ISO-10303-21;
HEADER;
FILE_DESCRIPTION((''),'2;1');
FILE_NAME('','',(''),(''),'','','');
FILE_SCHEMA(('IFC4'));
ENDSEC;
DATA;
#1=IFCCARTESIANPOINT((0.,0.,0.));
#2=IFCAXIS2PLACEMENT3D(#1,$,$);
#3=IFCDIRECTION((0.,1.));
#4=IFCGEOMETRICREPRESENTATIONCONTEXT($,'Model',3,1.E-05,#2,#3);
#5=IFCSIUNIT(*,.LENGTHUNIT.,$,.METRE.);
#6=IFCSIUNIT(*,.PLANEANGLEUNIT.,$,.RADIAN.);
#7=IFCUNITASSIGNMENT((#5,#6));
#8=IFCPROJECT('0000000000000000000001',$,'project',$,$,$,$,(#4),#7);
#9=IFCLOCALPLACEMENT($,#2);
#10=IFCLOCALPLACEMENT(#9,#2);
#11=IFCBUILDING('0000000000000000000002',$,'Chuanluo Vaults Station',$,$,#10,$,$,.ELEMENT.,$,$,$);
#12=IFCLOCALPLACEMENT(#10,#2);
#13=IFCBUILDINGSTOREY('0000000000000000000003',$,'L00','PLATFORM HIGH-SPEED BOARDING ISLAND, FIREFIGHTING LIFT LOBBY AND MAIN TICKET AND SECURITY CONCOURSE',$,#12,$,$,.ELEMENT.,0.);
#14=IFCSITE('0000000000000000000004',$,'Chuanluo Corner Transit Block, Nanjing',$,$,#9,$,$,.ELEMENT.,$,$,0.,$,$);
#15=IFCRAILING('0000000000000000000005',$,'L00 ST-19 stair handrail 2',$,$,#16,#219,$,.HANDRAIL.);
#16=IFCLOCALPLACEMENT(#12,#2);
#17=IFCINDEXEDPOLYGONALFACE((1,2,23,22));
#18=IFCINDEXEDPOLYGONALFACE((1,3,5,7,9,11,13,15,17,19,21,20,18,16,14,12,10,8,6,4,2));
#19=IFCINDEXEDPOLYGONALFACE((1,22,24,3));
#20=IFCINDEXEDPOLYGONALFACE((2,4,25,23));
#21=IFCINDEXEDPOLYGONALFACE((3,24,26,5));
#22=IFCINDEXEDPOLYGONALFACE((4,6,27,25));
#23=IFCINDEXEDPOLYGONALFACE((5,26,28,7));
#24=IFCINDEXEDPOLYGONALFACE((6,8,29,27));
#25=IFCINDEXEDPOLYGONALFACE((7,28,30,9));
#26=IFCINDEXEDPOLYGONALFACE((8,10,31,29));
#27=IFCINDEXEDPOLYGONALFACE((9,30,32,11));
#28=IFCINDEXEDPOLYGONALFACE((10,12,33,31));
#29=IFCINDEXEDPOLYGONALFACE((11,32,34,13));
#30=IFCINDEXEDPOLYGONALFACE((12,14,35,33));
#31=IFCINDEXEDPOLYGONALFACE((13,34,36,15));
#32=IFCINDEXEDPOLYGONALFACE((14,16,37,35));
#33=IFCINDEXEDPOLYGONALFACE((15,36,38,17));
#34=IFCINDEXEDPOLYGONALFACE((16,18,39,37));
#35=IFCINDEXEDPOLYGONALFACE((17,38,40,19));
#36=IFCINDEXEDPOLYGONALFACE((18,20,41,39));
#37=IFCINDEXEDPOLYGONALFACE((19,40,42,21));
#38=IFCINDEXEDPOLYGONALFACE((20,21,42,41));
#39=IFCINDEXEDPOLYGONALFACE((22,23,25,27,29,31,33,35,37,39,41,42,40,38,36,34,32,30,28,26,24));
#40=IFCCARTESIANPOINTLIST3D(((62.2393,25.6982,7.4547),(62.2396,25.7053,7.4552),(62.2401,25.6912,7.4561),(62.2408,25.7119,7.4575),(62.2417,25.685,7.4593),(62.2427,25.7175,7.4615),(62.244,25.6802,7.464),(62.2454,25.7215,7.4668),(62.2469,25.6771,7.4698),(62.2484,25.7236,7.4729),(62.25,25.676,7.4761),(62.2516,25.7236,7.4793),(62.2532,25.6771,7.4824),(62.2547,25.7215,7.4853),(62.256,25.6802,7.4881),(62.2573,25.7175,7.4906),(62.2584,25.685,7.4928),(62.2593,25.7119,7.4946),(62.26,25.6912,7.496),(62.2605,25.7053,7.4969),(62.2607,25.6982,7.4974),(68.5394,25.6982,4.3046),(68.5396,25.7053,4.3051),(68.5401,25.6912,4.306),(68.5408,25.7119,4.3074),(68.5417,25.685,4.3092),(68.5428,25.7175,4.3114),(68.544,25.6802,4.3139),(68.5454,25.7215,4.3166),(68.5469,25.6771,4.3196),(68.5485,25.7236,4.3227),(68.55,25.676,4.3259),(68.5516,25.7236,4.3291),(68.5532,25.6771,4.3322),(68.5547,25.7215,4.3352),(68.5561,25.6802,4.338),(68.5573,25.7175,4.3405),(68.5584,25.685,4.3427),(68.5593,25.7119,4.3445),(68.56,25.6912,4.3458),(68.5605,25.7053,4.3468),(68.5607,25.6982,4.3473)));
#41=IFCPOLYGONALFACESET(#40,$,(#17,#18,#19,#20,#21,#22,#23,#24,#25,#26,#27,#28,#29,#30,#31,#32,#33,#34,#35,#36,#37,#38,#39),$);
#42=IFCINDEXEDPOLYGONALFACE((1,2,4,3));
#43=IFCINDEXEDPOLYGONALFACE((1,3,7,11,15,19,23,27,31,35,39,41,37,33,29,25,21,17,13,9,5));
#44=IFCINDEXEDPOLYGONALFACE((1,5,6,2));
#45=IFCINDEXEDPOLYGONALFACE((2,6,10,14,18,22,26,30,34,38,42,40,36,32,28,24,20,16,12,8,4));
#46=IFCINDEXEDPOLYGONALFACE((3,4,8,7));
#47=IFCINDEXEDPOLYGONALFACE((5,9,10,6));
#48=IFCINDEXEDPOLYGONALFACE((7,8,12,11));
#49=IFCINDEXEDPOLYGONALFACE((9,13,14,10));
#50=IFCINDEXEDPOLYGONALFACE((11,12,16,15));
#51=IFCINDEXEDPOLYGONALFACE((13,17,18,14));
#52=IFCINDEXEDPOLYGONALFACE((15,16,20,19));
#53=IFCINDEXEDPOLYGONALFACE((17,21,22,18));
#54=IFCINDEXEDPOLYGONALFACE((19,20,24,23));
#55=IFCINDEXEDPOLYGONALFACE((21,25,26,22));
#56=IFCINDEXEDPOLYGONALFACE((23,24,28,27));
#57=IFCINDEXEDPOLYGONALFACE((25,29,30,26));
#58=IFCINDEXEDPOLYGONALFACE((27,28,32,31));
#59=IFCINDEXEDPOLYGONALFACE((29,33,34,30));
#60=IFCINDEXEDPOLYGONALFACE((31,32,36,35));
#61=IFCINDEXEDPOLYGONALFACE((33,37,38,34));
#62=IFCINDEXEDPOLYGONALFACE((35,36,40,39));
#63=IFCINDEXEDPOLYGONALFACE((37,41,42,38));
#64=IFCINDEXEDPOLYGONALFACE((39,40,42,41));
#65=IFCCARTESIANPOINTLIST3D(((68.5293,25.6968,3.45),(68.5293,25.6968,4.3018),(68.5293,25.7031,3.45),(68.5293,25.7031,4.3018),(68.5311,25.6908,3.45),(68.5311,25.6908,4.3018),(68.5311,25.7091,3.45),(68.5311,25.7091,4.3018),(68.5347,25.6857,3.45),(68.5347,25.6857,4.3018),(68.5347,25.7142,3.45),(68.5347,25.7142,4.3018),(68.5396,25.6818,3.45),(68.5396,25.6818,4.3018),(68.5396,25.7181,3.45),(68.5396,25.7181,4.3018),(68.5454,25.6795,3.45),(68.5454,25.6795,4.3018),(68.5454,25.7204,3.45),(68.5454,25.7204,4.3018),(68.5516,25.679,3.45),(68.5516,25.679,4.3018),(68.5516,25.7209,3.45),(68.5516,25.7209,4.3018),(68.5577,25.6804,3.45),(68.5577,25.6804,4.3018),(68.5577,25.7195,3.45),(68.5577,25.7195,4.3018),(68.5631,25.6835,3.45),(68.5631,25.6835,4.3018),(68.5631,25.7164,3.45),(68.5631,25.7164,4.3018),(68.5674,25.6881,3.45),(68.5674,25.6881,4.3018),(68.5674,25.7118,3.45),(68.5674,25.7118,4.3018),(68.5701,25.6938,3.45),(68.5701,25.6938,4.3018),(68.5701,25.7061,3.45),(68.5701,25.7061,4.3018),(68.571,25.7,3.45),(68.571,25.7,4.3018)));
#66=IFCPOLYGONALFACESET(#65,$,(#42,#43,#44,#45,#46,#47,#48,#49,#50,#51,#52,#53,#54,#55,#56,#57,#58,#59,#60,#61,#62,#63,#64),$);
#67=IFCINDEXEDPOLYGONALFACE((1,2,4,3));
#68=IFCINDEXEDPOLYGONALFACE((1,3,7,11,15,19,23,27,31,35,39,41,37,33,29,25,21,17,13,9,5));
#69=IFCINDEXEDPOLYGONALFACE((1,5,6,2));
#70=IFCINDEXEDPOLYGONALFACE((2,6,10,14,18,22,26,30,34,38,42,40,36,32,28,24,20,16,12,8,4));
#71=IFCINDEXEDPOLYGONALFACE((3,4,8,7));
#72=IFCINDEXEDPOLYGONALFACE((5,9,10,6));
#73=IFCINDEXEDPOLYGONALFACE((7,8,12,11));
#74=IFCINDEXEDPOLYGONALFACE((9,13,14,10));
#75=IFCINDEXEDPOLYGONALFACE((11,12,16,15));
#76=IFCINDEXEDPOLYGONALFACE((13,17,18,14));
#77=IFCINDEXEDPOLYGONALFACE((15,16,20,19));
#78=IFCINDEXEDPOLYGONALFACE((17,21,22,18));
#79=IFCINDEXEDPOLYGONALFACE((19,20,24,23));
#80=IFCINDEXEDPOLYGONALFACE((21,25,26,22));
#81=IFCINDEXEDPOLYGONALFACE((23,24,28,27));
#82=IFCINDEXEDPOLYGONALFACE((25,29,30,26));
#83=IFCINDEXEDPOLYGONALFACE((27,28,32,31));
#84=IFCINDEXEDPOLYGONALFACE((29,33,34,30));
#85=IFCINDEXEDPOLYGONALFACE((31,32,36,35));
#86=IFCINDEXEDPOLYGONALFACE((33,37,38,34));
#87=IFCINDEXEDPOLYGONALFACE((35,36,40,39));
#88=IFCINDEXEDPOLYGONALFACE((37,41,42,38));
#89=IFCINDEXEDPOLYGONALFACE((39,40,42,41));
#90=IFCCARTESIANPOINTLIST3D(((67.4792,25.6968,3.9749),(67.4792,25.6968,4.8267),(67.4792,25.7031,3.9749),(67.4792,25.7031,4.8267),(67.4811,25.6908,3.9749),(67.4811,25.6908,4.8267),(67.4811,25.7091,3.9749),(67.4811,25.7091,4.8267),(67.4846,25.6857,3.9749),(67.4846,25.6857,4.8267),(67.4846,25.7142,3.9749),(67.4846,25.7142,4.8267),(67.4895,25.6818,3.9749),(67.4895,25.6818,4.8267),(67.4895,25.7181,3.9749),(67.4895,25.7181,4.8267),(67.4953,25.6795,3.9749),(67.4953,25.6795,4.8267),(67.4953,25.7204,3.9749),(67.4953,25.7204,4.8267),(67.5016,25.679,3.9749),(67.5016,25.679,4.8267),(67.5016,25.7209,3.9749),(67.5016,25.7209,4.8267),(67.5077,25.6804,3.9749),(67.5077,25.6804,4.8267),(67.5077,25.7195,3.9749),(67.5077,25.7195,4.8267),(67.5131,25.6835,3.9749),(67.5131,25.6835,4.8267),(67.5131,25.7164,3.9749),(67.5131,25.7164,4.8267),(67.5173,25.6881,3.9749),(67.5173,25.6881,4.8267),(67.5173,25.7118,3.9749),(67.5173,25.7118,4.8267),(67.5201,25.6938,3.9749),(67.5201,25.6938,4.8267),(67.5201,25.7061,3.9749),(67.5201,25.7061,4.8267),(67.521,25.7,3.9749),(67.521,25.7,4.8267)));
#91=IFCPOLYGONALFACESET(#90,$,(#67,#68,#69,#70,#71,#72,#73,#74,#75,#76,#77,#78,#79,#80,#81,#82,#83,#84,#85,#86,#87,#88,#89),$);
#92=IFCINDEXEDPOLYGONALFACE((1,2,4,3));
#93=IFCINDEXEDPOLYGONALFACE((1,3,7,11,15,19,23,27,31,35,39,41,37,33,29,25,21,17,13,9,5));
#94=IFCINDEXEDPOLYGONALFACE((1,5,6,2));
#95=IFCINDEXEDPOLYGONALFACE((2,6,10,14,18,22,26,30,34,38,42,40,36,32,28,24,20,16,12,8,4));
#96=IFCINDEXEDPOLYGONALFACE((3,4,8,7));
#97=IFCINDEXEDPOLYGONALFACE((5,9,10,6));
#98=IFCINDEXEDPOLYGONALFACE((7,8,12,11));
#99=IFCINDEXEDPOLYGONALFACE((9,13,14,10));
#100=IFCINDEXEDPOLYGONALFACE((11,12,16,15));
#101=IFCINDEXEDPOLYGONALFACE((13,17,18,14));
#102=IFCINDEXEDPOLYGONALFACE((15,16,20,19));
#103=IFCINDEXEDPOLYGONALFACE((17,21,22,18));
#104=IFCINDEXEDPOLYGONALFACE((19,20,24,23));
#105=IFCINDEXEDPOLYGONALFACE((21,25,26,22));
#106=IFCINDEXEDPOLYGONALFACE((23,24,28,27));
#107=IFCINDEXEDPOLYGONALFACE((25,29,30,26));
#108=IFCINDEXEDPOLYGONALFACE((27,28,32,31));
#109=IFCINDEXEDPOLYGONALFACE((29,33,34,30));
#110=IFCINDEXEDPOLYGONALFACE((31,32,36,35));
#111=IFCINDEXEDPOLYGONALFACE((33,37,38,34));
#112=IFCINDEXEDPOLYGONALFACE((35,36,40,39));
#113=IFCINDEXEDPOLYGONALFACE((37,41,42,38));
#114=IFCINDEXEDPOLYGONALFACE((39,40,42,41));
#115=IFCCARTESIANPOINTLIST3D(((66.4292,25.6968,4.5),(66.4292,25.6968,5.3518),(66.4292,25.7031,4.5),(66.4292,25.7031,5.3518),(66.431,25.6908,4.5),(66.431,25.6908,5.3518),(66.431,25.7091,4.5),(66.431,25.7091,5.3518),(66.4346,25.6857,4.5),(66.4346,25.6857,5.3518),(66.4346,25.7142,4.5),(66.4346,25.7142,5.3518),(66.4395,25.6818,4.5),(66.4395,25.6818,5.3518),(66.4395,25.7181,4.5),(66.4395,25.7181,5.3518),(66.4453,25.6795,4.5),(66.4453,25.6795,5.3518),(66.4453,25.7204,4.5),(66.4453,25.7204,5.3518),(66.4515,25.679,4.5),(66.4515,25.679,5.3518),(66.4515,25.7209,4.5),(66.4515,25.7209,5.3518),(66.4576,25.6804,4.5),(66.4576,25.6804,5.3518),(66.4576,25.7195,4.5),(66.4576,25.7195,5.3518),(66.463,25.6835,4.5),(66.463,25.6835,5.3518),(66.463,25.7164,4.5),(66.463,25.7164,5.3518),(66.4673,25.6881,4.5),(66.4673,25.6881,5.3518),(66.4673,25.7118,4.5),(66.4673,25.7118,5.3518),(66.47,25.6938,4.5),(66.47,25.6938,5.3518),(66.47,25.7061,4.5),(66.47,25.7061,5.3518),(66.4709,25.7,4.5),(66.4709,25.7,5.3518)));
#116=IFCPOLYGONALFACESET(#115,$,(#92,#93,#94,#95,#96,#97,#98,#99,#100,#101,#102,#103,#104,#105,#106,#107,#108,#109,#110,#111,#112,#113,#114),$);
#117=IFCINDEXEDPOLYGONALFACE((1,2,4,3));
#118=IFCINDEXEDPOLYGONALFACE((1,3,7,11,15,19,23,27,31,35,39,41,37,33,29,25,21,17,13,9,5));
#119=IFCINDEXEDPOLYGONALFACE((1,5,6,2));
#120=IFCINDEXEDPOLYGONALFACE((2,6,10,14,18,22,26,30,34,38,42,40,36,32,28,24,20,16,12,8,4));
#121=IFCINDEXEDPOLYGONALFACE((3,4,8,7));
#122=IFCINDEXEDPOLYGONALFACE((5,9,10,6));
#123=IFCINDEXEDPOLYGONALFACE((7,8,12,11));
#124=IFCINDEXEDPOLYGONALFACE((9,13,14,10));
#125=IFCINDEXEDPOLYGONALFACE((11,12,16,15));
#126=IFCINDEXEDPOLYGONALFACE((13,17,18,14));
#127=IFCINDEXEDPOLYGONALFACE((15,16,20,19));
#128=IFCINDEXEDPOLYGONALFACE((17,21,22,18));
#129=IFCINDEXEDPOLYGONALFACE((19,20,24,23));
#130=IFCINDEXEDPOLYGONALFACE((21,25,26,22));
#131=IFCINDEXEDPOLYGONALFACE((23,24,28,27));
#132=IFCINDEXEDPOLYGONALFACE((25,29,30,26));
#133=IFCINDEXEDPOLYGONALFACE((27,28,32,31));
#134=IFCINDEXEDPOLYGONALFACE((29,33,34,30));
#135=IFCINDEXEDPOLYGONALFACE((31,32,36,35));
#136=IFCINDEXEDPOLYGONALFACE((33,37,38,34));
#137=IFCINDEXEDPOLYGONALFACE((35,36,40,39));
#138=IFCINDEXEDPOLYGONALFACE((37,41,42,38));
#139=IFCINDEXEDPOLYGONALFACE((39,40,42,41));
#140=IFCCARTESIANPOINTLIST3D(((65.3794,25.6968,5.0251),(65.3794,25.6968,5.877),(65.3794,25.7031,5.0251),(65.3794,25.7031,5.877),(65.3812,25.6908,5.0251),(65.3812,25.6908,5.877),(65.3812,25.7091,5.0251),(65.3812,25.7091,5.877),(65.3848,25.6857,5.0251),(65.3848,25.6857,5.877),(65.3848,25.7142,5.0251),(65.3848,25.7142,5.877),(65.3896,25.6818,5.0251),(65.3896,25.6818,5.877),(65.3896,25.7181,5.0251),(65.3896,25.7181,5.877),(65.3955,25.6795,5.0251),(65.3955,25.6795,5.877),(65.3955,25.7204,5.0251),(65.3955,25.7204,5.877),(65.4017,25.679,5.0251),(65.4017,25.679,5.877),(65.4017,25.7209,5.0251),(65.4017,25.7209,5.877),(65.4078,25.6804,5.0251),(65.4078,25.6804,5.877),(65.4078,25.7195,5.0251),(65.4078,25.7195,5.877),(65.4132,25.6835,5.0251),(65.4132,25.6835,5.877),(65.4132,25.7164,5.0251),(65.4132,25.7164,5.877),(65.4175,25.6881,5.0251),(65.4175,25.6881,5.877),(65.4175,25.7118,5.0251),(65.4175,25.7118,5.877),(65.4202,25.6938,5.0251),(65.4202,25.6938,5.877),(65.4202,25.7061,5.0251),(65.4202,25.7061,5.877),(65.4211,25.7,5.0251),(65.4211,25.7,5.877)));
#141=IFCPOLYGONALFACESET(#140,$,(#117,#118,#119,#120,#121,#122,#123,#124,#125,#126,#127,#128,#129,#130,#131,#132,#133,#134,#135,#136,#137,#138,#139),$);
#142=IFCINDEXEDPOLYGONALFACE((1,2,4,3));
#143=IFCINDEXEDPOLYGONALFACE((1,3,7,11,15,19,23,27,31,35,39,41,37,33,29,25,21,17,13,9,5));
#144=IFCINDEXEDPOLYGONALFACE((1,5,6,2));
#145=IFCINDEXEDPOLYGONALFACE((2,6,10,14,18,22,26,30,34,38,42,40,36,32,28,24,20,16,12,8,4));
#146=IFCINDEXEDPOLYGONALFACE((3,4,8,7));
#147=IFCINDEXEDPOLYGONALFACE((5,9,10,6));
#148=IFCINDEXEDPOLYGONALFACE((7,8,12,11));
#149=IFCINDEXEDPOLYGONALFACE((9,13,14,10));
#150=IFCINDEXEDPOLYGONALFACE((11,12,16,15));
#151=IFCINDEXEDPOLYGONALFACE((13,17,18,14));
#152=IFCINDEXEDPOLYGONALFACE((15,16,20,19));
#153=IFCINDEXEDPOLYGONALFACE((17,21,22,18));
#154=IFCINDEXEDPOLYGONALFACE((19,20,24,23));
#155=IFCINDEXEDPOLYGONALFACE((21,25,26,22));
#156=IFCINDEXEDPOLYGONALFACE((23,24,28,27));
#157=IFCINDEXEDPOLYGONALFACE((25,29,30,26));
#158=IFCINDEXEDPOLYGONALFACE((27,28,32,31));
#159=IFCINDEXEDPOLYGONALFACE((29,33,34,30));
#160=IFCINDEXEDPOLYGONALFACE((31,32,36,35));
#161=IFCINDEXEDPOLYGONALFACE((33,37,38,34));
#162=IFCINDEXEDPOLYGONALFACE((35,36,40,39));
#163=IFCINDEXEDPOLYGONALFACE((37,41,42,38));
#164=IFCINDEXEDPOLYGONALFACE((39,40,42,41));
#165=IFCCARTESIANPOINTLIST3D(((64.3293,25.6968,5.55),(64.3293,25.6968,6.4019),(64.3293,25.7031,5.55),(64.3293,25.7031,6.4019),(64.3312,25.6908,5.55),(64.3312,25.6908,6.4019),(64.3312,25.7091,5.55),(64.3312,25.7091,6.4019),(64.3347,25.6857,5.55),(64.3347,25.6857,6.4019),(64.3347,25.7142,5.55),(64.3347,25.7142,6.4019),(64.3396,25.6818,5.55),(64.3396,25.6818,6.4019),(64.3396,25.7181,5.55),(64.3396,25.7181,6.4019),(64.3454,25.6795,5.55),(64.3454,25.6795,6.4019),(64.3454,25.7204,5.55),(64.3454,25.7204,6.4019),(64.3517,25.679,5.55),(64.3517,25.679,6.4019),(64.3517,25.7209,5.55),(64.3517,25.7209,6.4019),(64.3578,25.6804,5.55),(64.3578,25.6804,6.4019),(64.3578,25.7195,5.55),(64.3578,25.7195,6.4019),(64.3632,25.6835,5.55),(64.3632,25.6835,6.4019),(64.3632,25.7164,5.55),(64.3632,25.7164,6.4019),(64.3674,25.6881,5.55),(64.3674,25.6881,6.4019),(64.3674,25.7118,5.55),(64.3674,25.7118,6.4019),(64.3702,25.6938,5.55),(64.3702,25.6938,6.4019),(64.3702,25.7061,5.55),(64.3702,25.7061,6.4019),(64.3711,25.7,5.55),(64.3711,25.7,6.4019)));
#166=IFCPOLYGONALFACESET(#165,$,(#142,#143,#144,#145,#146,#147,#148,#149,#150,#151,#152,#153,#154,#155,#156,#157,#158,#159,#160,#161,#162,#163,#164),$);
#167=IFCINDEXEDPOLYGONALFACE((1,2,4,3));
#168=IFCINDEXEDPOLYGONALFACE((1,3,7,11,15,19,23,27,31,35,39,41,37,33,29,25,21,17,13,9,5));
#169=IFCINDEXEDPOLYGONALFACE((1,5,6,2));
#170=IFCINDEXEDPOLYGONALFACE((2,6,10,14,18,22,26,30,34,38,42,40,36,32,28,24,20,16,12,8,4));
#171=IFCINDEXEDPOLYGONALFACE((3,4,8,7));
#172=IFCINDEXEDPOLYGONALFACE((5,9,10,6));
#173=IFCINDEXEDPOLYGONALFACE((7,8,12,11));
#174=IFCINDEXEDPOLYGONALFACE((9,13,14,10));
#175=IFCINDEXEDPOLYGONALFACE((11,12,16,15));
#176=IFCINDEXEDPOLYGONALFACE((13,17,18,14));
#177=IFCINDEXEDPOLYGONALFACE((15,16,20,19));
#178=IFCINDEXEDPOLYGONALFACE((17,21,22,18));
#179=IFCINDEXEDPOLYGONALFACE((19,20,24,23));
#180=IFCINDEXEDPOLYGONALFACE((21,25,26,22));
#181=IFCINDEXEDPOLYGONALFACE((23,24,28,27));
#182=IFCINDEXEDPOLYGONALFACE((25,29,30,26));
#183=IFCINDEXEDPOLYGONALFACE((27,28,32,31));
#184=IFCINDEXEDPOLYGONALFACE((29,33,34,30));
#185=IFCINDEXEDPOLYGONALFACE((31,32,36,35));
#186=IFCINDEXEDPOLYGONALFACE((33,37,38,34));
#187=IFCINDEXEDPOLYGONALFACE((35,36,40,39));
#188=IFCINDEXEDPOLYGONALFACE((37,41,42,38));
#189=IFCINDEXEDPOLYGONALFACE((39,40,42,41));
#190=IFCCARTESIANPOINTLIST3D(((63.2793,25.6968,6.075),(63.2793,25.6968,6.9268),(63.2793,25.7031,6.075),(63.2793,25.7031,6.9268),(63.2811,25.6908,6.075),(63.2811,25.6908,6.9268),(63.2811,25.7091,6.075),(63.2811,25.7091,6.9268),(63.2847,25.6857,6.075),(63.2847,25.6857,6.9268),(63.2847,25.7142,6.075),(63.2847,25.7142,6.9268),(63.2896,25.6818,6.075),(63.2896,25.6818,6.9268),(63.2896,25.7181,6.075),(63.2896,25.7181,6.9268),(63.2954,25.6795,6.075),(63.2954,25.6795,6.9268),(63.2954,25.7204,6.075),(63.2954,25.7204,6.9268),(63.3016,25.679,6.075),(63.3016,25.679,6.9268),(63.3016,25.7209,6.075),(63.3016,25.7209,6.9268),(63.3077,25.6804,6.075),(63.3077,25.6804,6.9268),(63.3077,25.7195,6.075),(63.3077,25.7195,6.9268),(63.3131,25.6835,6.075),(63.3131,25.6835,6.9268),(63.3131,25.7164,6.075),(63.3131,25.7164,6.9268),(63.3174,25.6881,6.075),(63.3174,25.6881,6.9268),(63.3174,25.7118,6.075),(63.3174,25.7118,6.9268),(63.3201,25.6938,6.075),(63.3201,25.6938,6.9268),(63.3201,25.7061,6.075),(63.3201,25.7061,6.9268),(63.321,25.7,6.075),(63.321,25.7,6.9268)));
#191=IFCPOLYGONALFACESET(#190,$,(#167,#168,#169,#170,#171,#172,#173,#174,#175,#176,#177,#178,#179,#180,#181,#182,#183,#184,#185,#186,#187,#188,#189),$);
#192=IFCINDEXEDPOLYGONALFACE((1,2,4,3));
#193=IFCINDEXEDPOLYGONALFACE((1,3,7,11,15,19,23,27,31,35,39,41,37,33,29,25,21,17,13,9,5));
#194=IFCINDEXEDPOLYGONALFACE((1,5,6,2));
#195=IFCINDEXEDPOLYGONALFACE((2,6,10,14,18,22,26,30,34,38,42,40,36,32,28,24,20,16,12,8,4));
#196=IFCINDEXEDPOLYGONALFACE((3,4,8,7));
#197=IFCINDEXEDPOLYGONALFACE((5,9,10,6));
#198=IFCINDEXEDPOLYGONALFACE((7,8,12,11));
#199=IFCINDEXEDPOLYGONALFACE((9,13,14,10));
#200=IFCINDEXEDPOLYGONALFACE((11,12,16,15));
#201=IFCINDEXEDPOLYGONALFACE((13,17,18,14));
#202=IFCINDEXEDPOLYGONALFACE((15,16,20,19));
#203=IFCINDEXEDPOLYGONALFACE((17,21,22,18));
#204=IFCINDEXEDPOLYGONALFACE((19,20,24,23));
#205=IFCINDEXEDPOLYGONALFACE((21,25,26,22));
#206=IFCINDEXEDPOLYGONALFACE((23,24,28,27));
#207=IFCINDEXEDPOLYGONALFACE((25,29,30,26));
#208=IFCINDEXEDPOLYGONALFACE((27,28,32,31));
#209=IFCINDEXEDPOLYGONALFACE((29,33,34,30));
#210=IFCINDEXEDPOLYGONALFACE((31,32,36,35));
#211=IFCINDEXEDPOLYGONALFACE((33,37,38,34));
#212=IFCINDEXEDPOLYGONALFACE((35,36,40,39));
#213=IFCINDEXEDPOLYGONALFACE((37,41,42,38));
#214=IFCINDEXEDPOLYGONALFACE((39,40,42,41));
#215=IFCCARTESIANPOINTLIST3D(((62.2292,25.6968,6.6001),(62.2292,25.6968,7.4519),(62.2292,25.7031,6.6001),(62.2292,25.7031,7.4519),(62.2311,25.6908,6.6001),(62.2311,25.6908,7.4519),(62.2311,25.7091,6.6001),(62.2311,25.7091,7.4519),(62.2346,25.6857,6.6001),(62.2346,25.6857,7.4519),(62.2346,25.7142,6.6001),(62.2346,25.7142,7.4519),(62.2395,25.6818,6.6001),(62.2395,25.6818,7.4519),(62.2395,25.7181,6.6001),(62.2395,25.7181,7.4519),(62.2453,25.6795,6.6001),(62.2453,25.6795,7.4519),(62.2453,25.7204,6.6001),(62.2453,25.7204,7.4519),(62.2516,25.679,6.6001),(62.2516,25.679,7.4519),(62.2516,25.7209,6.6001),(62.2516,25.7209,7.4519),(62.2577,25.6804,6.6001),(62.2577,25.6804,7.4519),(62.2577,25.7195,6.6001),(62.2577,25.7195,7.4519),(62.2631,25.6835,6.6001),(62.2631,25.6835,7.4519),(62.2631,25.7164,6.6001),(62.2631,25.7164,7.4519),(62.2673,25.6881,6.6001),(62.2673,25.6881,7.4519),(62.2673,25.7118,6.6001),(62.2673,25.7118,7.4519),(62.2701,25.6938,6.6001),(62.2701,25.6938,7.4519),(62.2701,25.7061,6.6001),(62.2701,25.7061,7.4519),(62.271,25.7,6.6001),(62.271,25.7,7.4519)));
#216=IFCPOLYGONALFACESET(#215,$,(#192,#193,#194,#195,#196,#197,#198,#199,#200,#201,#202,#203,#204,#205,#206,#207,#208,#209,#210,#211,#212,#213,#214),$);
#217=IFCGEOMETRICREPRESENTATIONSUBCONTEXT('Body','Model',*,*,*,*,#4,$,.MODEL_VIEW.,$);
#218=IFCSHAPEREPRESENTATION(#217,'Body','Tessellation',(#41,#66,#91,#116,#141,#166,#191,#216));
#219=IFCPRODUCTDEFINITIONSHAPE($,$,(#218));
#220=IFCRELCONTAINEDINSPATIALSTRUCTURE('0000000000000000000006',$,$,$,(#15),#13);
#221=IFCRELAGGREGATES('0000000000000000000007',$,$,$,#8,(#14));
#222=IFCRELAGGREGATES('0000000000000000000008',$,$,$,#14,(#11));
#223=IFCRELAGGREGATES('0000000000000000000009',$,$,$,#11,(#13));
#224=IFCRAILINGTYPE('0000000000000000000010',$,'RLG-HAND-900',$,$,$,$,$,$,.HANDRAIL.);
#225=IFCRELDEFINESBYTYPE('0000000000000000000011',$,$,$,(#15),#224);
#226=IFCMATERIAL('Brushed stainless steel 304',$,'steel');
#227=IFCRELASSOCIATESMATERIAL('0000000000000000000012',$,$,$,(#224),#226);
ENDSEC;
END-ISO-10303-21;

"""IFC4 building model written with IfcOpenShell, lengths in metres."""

from ifc_helpers import new_model, si_unit, direction, frame, origin, origin_2d, place, context, subcontext, project, spatial, circle, extrude, material, type_object, element, save


model = new_model("IFC4")

# Units and contexts
model_context = context("Model", 3, precision=1e-05, world=origin(), true_north=direction((0.0, 1.0)))
body_context = subcontext(model_context, "Body", "Model", "MODEL_VIEW")
ifc_project = project(units=[si_unit("LENGTHUNIT", "METRE"), si_unit("PLANEANGLEUNIT", "RADIAN")], contexts=[model_context])

# Site, building, storey
site_placement = place(None, origin())
site = spatial("IfcSite", under=ifc_project, at=site_placement, Name="Chuanluo Corner Transit Block, Nanjing", CompositionType="ELEMENT", RefElevation=0.0)
building_placement = place(site_placement, origin())
building = spatial("IfcBuilding", under=site, at=building_placement, Name="Chuanluo Vaults Station", CompositionType="ELEMENT")
storey_placement = place(building_placement, origin())
storey = spatial("IfcBuildingStorey", under=building, at=storey_placement, Name="L00", Description="PLATFORM HIGH-SPEED BOARDING ISLAND, FIREFIGHTING LIFT LOBBY AND MAIN TICKET AND SECURITY CONCOURSE", CompositionType="ELEMENT", Elevation=0.0)

# Railing
ifc_material_1 = material(Name="Brushed stainless steel 304", Category="steel")
railing_type_1 = type_object("IfcRailingType", Name="RLG-HAND-900", PredefinedType="HANDRAIL", material=ifc_material_1)
railing_1_placement = place(storey_placement, frame((68.55, 25.7, 3.45)))
element("IfcRailing", 1, at=railing_1_placement, inside=storey, type_object=railing_type_1, Name="L00 ST-19 stair handrail 2", PredefinedType="HANDRAIL", context=body_context, shape_type="SweptSolid", body=[
    extrude(circle(Radius=0.0239, at=origin_2d()), frame((0.0, 0.0, 0.876), z_axis=(-0.89442, 0.0, 0.447227), x_axis=(0.0, -1.0, 0.0)), (0.0, 0.0, 1.0), 7.0437),
    extrude(circle(Radius=0.021, at=origin_2d()), origin(), (0.0, 0.0, 1.0), 0.8518),
    extrude(circle(Radius=0.021, at=origin_2d()), frame((-1.05, 0.0, 0.5249)), (0.0, 0.0, 1.0), 0.8518),
    extrude(circle(Radius=0.021, at=origin_2d()), frame((-2.1001, 0.0, 1.05)), (0.0, 0.0, 1.0), 0.8518),
    extrude(circle(Radius=0.021, at=origin_2d()), frame((-3.1499, 0.0, 1.5752)), (0.0, 0.0, 1.0), 0.8518),
    extrude(circle(Radius=0.021, at=origin_2d()), frame((-4.2, 0.0, 2.1001)), (0.0, 0.0, 1.0), 0.8518),
    extrude(circle(Radius=0.021, at=origin_2d()), frame((-5.25, 0.0, 2.625)), (0.0, 0.0, 1.0), 0.8518),
    extrude(circle(Radius=0.021, at=origin_2d()), frame((-6.3, 0.0, 3.1501)), (0.0, 0.0, 1.0), 0.8518),
])

save(model, "model.ifc")
